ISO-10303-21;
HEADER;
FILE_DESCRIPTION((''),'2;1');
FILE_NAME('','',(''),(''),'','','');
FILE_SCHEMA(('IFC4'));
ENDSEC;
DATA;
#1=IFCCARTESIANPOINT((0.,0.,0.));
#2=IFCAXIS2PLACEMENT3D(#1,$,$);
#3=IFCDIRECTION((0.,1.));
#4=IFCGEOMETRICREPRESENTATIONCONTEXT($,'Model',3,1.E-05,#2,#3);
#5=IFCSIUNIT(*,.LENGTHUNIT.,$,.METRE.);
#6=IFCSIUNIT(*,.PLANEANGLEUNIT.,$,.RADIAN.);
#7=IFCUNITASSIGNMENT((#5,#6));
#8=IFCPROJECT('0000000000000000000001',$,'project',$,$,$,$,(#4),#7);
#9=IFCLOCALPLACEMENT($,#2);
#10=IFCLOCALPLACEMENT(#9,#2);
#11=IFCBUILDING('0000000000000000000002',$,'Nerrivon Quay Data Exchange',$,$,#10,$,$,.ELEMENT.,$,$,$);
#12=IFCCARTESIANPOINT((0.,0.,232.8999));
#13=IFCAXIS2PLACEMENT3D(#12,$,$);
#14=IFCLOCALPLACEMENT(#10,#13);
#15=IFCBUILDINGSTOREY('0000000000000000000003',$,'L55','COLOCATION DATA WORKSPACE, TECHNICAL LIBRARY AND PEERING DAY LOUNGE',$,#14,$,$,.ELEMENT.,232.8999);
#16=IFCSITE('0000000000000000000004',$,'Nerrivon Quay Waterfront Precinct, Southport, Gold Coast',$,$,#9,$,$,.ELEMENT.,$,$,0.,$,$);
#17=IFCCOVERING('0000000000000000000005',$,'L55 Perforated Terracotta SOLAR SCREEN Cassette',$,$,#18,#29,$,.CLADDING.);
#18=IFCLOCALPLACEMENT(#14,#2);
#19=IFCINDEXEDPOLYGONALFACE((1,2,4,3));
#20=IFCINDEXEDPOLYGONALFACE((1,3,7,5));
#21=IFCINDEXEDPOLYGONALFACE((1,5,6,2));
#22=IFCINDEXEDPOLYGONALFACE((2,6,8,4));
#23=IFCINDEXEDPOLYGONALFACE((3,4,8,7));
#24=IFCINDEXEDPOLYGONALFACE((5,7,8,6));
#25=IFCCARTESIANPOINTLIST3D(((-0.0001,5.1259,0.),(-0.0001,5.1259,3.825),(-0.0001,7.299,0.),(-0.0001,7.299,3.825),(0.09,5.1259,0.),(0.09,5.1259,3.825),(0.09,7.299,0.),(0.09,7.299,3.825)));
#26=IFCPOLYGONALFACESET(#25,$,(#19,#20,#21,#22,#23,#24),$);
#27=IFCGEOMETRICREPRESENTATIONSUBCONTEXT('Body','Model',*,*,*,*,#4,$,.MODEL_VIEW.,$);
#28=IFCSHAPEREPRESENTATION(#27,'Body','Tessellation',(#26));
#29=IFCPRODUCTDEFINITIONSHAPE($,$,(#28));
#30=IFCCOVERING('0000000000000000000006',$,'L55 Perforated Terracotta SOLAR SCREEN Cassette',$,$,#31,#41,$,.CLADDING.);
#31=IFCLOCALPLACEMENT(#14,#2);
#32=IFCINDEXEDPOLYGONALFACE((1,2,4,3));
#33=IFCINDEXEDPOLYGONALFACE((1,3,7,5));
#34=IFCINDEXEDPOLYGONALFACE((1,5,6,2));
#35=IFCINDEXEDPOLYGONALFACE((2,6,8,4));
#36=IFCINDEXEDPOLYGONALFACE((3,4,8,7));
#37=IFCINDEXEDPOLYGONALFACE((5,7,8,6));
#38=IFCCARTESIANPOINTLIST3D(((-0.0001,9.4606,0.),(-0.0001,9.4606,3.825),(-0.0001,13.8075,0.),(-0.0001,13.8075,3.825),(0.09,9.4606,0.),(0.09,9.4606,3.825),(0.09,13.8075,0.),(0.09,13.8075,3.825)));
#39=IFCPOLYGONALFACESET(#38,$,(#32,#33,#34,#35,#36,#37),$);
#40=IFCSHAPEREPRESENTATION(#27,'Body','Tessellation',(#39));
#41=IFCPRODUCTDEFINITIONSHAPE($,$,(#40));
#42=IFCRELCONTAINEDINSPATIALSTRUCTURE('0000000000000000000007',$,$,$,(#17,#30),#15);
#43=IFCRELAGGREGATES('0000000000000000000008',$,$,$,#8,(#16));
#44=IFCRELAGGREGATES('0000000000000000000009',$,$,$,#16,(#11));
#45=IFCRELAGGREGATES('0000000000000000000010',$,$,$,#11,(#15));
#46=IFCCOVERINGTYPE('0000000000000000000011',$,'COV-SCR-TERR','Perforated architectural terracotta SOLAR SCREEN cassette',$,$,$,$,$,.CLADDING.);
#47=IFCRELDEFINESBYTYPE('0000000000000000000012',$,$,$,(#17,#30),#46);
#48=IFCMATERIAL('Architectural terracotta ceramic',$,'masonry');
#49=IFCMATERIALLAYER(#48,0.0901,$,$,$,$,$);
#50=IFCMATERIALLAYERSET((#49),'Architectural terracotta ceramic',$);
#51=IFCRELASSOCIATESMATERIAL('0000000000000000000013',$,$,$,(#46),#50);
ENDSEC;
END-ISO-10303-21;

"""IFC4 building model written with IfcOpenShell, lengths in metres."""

from ifc_helpers import new_model, si_unit, direction, frame, origin, origin_2d, place, context, subcontext, project, spatial, rectangle, extrude, material, layer, layer_set, type_object, element, save


model = new_model("IFC4")

# Units and contexts
model_context = context("Model", 3, precision=1e-05, world=origin(), true_north=direction((0.0, 1.0)))
body_context = subcontext(model_context, "Body", "Model", "MODEL_VIEW")
ifc_project = project(units=[si_unit("LENGTHUNIT", "METRE"), si_unit("PLANEANGLEUNIT", "RADIAN")], contexts=[model_context])

# Site, building, storey
site_placement = place(None, origin())
site = spatial("IfcSite", under=ifc_project, at=site_placement, Name="Nerrivon Quay Waterfront Precinct, Southport, Gold Coast", CompositionType="ELEMENT", RefElevation=0.0)
building_placement = place(site_placement, origin())
building = spatial("IfcBuilding", under=site, at=building_placement, Name="Nerrivon Quay Data Exchange", CompositionType="ELEMENT")
storey_placement = place(building_placement, frame((0.0, 0.0, 232.8999)))
storey = spatial("IfcBuildingStorey", under=building, at=storey_placement, Name="L55", Description="COLOCATION DATA WORKSPACE, TECHNICAL LIBRARY AND PEERING DAY LOUNGE", CompositionType="ELEMENT", Elevation=232.8999)

# Coverings
ifc_material_1 = material(Name="Architectural terracotta ceramic", Category="masonry")
ifc_layer_1 = layer(ifc_material_1, 0.0901)
ifc_layer_set_1 = layer_set([ifc_layer_1], Name="Architectural terracotta ceramic")
covering_type = type_object("IfcCoveringType", Name="COV-SCR-TERR", Description="Perforated architectural terracotta SOLAR SCREEN cassette", PredefinedType="CLADDING", material=ifc_layer_set_1)
covering_1_placement = place(storey_placement, frame((0.0449, 6.2124, 0.0), z_axis=(0.0, 0.0, 1.0), x_axis=(0.0, 1.0, 0.0)))
element("IfcCovering", 1, at=covering_1_placement, inside=storey, type_object=covering_type, Name="L55 Perforated Terracotta SOLAR SCREEN Cassette", PredefinedType="CLADDING", context=body_context, shape_type="SweptSolid", body=[
    extrude(rectangle(XDim=2.1731, YDim=0.0901, at=origin_2d()), origin(), (0.0, 0.0, 1.0), 3.825),
])
covering_2_placement = place(storey_placement, frame((0.0449, 11.634, 0.0), z_axis=(0.0, 0.0, 1.0), x_axis=(0.0, 1.0, 0.0)))
element("IfcCovering", 2, at=covering_2_placement, inside=storey, type_object=covering_type, Name="L55 Perforated Terracotta SOLAR SCREEN Cassette", PredefinedType="CLADDING", context=body_context, shape_type="SweptSolid", body=[
    extrude(rectangle(XDim=4.3469, YDim=0.0901, at=origin_2d()), origin(), (0.0, 0.0, 1.0), 3.825),
])

save(model, "model.ifc")
